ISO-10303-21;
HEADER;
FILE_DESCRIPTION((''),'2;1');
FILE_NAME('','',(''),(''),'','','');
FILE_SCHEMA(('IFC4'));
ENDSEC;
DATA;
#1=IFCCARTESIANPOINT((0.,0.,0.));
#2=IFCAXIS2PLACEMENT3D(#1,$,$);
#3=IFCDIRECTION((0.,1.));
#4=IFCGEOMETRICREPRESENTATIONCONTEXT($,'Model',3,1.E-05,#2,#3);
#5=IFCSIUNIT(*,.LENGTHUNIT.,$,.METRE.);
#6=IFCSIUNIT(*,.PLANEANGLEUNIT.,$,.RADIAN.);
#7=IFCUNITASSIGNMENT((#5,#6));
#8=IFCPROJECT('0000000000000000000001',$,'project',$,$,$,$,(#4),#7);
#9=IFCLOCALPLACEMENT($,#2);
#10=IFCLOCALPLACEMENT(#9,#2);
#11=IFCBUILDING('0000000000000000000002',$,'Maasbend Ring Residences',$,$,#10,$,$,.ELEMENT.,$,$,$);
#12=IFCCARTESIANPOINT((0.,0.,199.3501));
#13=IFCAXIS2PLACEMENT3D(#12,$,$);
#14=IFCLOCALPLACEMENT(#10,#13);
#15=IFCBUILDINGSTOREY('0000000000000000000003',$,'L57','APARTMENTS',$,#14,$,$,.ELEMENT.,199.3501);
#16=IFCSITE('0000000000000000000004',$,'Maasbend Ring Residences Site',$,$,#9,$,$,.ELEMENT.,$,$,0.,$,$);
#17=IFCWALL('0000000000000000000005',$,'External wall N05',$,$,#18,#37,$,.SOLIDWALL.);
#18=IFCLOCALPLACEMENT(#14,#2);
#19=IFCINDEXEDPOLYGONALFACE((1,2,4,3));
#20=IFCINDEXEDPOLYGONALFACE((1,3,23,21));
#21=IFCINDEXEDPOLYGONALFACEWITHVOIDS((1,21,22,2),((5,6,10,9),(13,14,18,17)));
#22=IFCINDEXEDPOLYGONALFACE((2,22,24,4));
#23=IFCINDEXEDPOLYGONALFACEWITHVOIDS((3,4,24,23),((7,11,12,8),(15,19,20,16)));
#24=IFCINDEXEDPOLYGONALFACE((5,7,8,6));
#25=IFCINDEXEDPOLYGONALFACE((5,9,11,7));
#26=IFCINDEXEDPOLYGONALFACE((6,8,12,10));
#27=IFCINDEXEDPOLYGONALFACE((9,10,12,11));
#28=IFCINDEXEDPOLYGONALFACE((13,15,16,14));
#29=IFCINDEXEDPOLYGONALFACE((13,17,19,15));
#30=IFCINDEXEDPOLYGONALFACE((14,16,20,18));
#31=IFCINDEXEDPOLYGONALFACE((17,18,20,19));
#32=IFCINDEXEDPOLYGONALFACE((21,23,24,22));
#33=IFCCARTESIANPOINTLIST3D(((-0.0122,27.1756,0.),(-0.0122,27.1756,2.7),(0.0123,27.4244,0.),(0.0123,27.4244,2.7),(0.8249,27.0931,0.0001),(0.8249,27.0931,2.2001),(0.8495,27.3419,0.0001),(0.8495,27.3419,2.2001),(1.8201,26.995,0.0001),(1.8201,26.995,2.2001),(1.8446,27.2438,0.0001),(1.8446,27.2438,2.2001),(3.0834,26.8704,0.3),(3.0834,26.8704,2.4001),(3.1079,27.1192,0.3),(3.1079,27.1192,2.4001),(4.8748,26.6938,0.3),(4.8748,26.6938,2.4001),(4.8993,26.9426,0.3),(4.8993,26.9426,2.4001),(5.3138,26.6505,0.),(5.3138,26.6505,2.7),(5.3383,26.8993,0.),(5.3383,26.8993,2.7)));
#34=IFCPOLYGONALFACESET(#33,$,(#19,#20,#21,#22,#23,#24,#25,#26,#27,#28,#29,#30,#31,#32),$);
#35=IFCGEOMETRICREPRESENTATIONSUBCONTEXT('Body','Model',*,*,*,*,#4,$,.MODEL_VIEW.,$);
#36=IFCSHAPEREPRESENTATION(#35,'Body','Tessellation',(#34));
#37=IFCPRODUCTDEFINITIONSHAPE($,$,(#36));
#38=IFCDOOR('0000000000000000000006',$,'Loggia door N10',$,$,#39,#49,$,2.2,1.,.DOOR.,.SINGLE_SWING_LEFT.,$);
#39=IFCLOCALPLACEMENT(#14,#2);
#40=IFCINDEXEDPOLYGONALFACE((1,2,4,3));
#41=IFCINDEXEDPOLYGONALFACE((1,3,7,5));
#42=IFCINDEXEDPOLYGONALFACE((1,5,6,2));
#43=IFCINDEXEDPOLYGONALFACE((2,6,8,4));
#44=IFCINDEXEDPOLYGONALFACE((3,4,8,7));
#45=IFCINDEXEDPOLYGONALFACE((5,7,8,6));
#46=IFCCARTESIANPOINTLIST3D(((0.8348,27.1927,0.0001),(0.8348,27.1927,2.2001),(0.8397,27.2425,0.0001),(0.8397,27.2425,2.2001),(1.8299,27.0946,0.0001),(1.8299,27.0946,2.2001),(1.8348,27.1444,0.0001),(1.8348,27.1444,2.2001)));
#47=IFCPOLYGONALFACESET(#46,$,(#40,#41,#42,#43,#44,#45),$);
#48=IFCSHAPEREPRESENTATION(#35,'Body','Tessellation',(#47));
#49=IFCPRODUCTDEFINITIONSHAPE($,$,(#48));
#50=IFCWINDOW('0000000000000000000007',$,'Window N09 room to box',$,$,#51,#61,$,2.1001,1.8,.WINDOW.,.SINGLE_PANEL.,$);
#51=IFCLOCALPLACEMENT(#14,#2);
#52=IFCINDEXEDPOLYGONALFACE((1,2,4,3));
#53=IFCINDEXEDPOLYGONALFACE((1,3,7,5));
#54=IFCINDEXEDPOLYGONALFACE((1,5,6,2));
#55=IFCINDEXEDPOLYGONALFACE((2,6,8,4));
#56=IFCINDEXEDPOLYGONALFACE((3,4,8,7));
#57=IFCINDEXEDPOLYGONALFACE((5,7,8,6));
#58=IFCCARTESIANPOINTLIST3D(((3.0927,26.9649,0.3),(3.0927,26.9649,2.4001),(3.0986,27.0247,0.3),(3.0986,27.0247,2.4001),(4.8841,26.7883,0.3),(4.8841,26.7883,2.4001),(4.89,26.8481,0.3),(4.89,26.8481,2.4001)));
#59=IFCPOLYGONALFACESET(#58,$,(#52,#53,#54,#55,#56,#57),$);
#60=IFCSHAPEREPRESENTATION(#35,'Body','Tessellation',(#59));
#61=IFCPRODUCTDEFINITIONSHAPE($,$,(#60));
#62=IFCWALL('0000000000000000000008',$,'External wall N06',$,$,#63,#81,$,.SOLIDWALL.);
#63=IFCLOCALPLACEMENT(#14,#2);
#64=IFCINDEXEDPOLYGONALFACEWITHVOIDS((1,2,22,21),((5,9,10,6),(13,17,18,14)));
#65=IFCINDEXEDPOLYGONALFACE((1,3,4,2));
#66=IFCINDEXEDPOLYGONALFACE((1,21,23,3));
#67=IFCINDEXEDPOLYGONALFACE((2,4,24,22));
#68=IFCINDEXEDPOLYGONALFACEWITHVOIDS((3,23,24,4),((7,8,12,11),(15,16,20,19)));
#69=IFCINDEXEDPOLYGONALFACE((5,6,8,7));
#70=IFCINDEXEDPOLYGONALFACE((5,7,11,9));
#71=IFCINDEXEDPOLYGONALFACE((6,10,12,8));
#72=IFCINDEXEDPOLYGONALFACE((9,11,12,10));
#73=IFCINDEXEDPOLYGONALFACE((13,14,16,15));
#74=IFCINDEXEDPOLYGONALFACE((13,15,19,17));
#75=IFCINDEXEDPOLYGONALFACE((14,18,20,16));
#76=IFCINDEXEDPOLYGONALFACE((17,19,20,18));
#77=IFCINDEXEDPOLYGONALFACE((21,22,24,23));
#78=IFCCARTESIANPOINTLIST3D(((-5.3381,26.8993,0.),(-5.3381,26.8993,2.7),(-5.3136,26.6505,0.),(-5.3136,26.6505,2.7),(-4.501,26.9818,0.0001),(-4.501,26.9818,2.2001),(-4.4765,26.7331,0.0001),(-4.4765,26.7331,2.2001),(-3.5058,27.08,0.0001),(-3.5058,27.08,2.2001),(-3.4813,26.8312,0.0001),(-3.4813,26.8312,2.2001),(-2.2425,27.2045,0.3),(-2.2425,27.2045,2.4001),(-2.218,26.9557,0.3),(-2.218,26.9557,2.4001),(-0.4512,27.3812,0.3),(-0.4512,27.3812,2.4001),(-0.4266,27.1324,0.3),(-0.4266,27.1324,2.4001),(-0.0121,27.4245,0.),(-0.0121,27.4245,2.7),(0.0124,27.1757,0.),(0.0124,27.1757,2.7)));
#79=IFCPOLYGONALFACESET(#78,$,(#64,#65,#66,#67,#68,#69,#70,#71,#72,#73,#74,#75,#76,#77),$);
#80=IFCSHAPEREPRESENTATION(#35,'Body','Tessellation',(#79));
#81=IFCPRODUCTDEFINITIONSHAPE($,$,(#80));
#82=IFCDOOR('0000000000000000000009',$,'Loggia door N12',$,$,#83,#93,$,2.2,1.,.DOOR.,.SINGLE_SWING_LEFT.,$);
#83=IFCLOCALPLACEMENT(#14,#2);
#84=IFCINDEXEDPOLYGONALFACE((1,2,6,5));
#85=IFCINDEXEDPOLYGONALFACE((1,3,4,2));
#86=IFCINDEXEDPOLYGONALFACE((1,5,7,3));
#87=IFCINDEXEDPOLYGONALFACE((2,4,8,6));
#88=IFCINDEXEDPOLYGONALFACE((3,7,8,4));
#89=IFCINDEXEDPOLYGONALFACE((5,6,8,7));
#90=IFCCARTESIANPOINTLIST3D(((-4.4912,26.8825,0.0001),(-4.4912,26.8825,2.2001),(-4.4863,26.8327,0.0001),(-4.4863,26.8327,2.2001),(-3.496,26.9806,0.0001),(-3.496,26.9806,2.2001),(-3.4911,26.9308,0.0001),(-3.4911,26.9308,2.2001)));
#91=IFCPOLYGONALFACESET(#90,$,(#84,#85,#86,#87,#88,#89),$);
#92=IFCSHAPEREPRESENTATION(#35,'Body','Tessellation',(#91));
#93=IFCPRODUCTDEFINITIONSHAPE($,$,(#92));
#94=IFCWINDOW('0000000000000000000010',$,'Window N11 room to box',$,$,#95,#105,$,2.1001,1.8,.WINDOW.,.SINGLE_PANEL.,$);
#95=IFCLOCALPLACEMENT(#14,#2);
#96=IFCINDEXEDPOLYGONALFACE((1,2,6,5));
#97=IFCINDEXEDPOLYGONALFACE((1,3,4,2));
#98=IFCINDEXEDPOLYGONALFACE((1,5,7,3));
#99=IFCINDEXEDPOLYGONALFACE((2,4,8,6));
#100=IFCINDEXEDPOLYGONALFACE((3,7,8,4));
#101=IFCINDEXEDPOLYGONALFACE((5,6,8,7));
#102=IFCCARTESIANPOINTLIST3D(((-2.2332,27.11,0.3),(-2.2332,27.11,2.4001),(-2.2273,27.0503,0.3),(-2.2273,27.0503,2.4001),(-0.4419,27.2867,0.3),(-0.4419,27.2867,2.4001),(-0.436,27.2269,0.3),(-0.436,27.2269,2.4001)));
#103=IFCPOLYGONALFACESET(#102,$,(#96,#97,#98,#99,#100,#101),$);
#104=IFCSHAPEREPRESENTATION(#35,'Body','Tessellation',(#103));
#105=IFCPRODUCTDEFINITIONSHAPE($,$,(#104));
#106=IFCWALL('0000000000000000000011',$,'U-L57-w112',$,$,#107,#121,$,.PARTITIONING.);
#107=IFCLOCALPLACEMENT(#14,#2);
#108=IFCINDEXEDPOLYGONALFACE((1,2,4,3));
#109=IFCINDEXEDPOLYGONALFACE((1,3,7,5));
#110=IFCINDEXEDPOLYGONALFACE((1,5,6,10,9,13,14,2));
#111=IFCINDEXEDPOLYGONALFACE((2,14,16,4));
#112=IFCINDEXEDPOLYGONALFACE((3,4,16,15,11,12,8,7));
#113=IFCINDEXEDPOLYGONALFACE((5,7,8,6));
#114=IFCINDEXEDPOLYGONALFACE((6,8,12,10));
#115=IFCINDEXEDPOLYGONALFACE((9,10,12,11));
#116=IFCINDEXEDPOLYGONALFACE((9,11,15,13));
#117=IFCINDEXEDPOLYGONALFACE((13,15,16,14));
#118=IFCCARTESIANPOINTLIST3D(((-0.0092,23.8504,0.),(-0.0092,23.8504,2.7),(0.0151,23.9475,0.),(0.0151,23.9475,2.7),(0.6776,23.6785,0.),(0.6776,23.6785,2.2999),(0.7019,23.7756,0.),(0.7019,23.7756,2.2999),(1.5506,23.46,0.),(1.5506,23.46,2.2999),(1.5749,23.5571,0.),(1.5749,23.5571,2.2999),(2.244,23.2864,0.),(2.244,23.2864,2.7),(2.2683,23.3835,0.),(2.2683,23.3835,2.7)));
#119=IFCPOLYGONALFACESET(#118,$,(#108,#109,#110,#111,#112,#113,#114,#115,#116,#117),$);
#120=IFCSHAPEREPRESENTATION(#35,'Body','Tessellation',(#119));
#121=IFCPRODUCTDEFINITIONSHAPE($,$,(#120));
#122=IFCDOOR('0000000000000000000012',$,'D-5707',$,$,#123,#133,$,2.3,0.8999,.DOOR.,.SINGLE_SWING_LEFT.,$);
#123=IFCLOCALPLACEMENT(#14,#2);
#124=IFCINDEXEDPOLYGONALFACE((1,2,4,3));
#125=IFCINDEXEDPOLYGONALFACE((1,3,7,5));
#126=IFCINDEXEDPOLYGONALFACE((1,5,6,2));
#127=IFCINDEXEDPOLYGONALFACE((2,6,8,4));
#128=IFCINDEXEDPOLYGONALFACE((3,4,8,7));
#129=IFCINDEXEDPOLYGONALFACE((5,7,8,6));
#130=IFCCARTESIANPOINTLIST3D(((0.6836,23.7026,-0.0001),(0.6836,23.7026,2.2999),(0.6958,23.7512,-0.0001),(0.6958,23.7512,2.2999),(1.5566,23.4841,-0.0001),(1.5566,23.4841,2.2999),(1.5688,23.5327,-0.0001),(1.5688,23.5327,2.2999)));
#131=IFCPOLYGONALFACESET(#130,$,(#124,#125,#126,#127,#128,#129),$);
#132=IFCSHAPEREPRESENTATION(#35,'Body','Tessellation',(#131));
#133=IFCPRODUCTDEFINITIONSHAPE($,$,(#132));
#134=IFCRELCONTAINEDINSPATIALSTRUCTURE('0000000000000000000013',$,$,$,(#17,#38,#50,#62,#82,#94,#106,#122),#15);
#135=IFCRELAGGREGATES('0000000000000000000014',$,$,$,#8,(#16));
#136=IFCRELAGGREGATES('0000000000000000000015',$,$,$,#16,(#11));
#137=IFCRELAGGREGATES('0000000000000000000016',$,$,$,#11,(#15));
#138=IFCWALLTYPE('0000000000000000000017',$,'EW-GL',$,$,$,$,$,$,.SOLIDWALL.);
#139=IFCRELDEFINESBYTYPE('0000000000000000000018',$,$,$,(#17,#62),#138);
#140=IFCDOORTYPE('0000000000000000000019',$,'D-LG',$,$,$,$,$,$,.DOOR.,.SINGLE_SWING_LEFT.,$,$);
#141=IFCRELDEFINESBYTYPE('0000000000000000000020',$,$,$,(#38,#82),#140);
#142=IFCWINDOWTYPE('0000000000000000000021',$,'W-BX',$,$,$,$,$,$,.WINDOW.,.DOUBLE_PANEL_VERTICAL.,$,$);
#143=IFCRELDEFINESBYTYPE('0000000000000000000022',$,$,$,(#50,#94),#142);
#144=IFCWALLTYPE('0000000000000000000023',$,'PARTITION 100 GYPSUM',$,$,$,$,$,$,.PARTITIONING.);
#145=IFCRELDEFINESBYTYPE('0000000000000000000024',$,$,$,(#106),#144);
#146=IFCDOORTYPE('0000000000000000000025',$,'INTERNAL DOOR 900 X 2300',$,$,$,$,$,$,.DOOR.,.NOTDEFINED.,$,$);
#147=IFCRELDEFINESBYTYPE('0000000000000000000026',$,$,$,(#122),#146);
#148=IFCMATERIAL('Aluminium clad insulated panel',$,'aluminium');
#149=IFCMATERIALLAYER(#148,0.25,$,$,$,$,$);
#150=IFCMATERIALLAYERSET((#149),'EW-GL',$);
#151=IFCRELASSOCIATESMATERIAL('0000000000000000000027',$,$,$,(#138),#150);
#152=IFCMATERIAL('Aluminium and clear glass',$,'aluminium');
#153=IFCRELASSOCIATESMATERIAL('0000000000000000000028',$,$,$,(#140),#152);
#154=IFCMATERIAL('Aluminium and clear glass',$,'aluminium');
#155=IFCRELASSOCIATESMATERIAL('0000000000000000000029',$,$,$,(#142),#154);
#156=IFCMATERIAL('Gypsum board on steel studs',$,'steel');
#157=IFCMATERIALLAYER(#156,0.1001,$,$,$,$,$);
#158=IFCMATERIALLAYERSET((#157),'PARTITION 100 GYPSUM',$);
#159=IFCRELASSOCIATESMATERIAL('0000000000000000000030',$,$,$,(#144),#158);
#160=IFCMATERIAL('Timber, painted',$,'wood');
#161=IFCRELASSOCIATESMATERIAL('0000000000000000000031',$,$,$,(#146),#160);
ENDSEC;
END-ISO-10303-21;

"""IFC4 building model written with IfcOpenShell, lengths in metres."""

from ifc_helpers import new_model, si_unit, direction, frame, frame_2d, origin, place, context, subcontext, project, spatial, rectangle, extrude, material, layer, layer_set, type_object, element, fill, save


model = new_model("IFC4")

# Units and contexts
model_context = context("Model", 3, precision=1e-05, world=origin(), true_north=direction((0.0, 1.0)))
body_context = subcontext(model_context, "Body", "Model", "MODEL_VIEW")
ifc_project = project(units=[si_unit("LENGTHUNIT", "METRE"), si_unit("PLANEANGLEUNIT", "RADIAN")], contexts=[model_context])

# Site, building, storey
site_placement = place(None, origin())
site = spatial("IfcSite", under=ifc_project, at=site_placement, Name="Maasbend Ring Residences Site", CompositionType="ELEMENT", RefElevation=0.0)
building_placement = place(site_placement, origin())
building = spatial("IfcBuilding", under=site, at=building_placement, Name="Maasbend Ring Residences", CompositionType="ELEMENT")
storey_placement = place(building_placement, frame((0.0, 0.0, 199.3501)))
storey = spatial("IfcBuildingStorey", under=building, at=storey_placement, Name="L57", Description="APARTMENTS", CompositionType="ELEMENT", Elevation=199.3501)

# Walls, openings, doors, windows
ifc_material_1 = material(Name="Aluminium clad insulated panel", Category="aluminium")
ifc_layer_1 = layer(ifc_material_1, 0.25)
ifc_layer_set_1 = layer_set([ifc_layer_1], Name="EW-GL")
wall_type_1 = type_object("IfcWallType", Name="EW-GL", PredefinedType="SOLIDWALL", material=ifc_layer_set_1)
ifc_material_2 = material(Name="Aluminium and clear glass", Category="aluminium")
door_type_1 = type_object("IfcDoorType", Name="D-LG", OperationType="SINGLE_SWING_LEFT", PredefinedType="DOOR", material=ifc_material_2)
ifc_material_3 = material(Name="Aluminium and clear glass", Category="aluminium")
window_type_1 = type_object("IfcWindowType", Name="W-BX", PartitioningType="DOUBLE_PANEL_VERTICAL", PredefinedType="WINDOW", material=ifc_material_3)
wall_1_placement = place(storey_placement, frame((5.3259, 26.7749, 0.0), z_axis=(0.0, 0.0, 1.0), x_axis=(-0.995174, 0.098126, 0.0)))
wall_1 = element("IfcWall", 1, at=wall_1_placement, inside=storey, type_object=wall_type_1, Name="External wall N05", PredefinedType="SOLIDWALL", context=body_context, shape_type="SweptSolid", body=[
    extrude(rectangle(XDim=5.3518, YDim=0.25, at=frame_2d((2.6758, 0.0))), origin(), (0.0, 0.0, 1.0), 2.7),
])
opening_1_placement = place(wall_1_placement, frame((0.4412, 0.0, 0.3)))
opening_1 = element("IfcOpeningElement", 2, at=opening_1_placement, cuts=wall_1, PredefinedType="OPENING", context=body_context, shape_type="SweptSolid", body=[
    extrude(rectangle(XDim=1.8, YDim=2.1001, at=frame_2d((0.8999, 1.05))), frame((0.0, 0.135, 0.0), z_axis=(0.0, -1.0, 0.0), x_axis=(1.0, 0.0, 0.0)), (0.0, 0.0, 1.0), 0.27),
])
opening_2_placement = place(wall_1_placement, frame((3.5105, 0.0, 0.0)))
opening_2 = element("IfcOpeningElement", 3, at=opening_2_placement, cuts=wall_1, PredefinedType="OPENING", context=body_context, shape_type="SweptSolid", body=[
    extrude(rectangle(XDim=1.0, YDim=2.2, at=frame_2d((0.5, 1.1001))), frame((0.0, 0.135, 0.0), z_axis=(0.0, -1.0, 0.0), x_axis=(1.0, 0.0, 0.0)), (0.0, 0.0, 1.0), 0.27),
])
door_1_placement = place(opening_2_placement, origin())
door_1 = element("IfcDoor", 4, at=door_1_placement, inside=storey, type_object=door_type_1, Name="Loggia door N10", OperationType="SINGLE_SWING_LEFT", OverallHeight=2.2, OverallWidth=1.0, PredefinedType="DOOR", context=body_context, shape_type="SweptSolid", body=[
    extrude(rectangle(XDim=1.0, YDim=2.2, at=frame_2d((0.5, 1.1001))), frame((0.0, 0.0249, 0.0), z_axis=(0.0, -1.0, 0.0), x_axis=(1.0, 0.0, 0.0)), (0.0, 0.0, 1.0), 0.05),
])
fill(opening_2, door_1)
window_1_placement = place(opening_1_placement, origin())
window_1 = element("IfcWindow", 5, at=window_1_placement, inside=storey, type_object=window_type_1, Name="Window N09 room to box", OverallHeight=2.1001, OverallWidth=1.8, PartitioningType="SINGLE_PANEL", PredefinedType="WINDOW", context=body_context, shape_type="SweptSolid", body=[
    extrude(rectangle(XDim=1.8, YDim=2.1001, at=frame_2d((0.8999, 1.05))), frame((0.0, 0.03, 0.0), z_axis=(0.0, -1.0, 0.0), x_axis=(1.0, 0.0, 0.0)), (0.0, 0.0, 1.0), 0.0601),
])
fill(opening_1, window_1)
wall_2_placement = place(storey_placement, frame((0.0, 27.3, 0.0), z_axis=(0.0, 0.0, 1.0), x_axis=(-0.995174, -0.098126, 0.0)))
wall_2 = element("IfcWall", 6, at=wall_2_placement, inside=storey, type_object=wall_type_1, Name="External wall N06", PredefinedType="SOLIDWALL", context=body_context, shape_type="SweptSolid", body=[
    extrude(rectangle(XDim=5.3518, YDim=0.25, at=frame_2d((2.6758, 0.0))), origin(), (0.0, 0.0, 1.0), 2.7),
])
opening_3_placement = place(wall_2_placement, frame((0.4412, 0.0, 0.3)))
opening_3 = element("IfcOpeningElement", 7, at=opening_3_placement, cuts=wall_2, PredefinedType="OPENING", context=body_context, shape_type="SweptSolid", body=[
    extrude(rectangle(XDim=1.8, YDim=2.1001, at=frame_2d((0.8999, 1.05))), frame((0.0, 0.135, 0.0), z_axis=(0.0, -1.0, 0.0), x_axis=(1.0, 0.0, 0.0)), (0.0, 0.0, 1.0), 0.27),
])
opening_4_placement = place(wall_2_placement, frame((3.5105, 0.0, 0.0)))
opening_4 = element("IfcOpeningElement", 8, at=opening_4_placement, cuts=wall_2, PredefinedType="OPENING", context=body_context, shape_type="SweptSolid", body=[
    extrude(rectangle(XDim=1.0, YDim=2.2, at=frame_2d((0.5, 1.1001))), frame((0.0, 0.135, 0.0), z_axis=(0.0, -1.0, 0.0), x_axis=(1.0, 0.0, 0.0)), (0.0, 0.0, 1.0), 0.27),
])
door_2_placement = place(opening_4_placement, origin())
door_2 = element("IfcDoor", 9, at=door_2_placement, inside=storey, type_object=door_type_1, Name="Loggia door N12", OperationType="SINGLE_SWING_LEFT", OverallHeight=2.2, OverallWidth=1.0, PredefinedType="DOOR", context=body_context, shape_type="SweptSolid", body=[
    extrude(rectangle(XDim=1.0, YDim=2.2, at=frame_2d((0.5, 1.1001))), frame((0.0, 0.0249, 0.0), z_axis=(0.0, -1.0, 0.0), x_axis=(1.0, 0.0, 0.0)), (0.0, 0.0, 1.0), 0.05),
])
fill(opening_4, door_2)
window_2_placement = place(opening_3_placement, origin())
window_2 = element("IfcWindow", 10, at=window_2_placement, inside=storey, type_object=window_type_1, Name="Window N11 room to box", OverallHeight=2.1001, OverallWidth=1.8, PartitioningType="SINGLE_PANEL", PredefinedType="WINDOW", context=body_context, shape_type="SweptSolid", body=[
    extrude(rectangle(XDim=1.8, YDim=2.1001, at=frame_2d((0.8999, 1.05))), frame((0.0, 0.03, 0.0), z_axis=(0.0, -1.0, 0.0), x_axis=(1.0, 0.0, 0.0)), (0.0, 0.0, 1.0), 0.0601),
])
fill(opening_3, window_2)

# Wall, opening, door
ifc_material_4 = material(Name="Gypsum board on steel studs", Category="steel")
ifc_layer_2 = layer(ifc_material_4, 0.1001)
ifc_layer_set_2 = layer_set([ifc_layer_2], Name="PARTITION 100 GYPSUM")
wall_type_2 = type_object("IfcWallType", Name="PARTITION 100 GYPSUM", PredefinedType="PARTITIONING", material=ifc_layer_set_2)
wall_3_placement = place(storey_placement, frame((0.0029, 23.8989, 0.0), z_axis=(0.0, 0.0, 1.0), x_axis=(0.970074, -0.242808, 0.0)))
wall_3 = element("IfcWall", 11, at=wall_3_placement, inside=storey, type_object=wall_type_2, Name="U-L57-w112", PredefinedType="PARTITIONING", context=body_context, shape_type="SweptSolid", body=[
    extrude(rectangle(XDim=2.3228, YDim=0.1001, at=frame_2d((1.1614, 0.0))), origin(), (0.0, 0.0, 1.0), 2.7),
])
opening_5_placement = place(wall_3_placement, frame((0.708, 0.0, 0.0)))
opening_5 = element("IfcOpeningElement", 12, at=opening_5_placement, cuts=wall_3, PredefinedType="OPENING", context=body_context, shape_type="SweptSolid", body=[
    extrude(rectangle(XDim=0.8999, YDim=2.3, at=frame_2d((0.45, 1.1499))), frame((0.0, 0.0601, 0.0), z_axis=(0.0, -1.0, 0.0), x_axis=(1.0, 0.0, 0.0)), (0.0, 0.0, 1.0), 0.1201),
])
ifc_material_5 = material(Name="Timber, painted", Category="wood")
door_type_2 = type_object("IfcDoorType", Name="INTERNAL DOOR 900 X 2300", OperationType="NOTDEFINED", PredefinedType="DOOR", material=ifc_material_5)
door_3_placement = place(opening_5_placement, origin())
door_3 = element("IfcDoor", 13, at=door_3_placement, inside=storey, type_object=door_type_2, Name="D-5707", OperationType="SINGLE_SWING_LEFT", OverallHeight=2.3, OverallWidth=0.8999, PredefinedType="DOOR", context=body_context, shape_type="SweptSolid", body=[
    extrude(rectangle(XDim=0.8999, YDim=2.3, at=frame_2d((0.45, 1.1499))), frame((0.0, 0.0249, 0.0), z_axis=(0.0, -1.0, 0.0), x_axis=(1.0, 0.0, 0.0)), (0.0, 0.0, 1.0), 0.05),
])
fill(opening_5, door_3)

save(model, "model.ifc")
